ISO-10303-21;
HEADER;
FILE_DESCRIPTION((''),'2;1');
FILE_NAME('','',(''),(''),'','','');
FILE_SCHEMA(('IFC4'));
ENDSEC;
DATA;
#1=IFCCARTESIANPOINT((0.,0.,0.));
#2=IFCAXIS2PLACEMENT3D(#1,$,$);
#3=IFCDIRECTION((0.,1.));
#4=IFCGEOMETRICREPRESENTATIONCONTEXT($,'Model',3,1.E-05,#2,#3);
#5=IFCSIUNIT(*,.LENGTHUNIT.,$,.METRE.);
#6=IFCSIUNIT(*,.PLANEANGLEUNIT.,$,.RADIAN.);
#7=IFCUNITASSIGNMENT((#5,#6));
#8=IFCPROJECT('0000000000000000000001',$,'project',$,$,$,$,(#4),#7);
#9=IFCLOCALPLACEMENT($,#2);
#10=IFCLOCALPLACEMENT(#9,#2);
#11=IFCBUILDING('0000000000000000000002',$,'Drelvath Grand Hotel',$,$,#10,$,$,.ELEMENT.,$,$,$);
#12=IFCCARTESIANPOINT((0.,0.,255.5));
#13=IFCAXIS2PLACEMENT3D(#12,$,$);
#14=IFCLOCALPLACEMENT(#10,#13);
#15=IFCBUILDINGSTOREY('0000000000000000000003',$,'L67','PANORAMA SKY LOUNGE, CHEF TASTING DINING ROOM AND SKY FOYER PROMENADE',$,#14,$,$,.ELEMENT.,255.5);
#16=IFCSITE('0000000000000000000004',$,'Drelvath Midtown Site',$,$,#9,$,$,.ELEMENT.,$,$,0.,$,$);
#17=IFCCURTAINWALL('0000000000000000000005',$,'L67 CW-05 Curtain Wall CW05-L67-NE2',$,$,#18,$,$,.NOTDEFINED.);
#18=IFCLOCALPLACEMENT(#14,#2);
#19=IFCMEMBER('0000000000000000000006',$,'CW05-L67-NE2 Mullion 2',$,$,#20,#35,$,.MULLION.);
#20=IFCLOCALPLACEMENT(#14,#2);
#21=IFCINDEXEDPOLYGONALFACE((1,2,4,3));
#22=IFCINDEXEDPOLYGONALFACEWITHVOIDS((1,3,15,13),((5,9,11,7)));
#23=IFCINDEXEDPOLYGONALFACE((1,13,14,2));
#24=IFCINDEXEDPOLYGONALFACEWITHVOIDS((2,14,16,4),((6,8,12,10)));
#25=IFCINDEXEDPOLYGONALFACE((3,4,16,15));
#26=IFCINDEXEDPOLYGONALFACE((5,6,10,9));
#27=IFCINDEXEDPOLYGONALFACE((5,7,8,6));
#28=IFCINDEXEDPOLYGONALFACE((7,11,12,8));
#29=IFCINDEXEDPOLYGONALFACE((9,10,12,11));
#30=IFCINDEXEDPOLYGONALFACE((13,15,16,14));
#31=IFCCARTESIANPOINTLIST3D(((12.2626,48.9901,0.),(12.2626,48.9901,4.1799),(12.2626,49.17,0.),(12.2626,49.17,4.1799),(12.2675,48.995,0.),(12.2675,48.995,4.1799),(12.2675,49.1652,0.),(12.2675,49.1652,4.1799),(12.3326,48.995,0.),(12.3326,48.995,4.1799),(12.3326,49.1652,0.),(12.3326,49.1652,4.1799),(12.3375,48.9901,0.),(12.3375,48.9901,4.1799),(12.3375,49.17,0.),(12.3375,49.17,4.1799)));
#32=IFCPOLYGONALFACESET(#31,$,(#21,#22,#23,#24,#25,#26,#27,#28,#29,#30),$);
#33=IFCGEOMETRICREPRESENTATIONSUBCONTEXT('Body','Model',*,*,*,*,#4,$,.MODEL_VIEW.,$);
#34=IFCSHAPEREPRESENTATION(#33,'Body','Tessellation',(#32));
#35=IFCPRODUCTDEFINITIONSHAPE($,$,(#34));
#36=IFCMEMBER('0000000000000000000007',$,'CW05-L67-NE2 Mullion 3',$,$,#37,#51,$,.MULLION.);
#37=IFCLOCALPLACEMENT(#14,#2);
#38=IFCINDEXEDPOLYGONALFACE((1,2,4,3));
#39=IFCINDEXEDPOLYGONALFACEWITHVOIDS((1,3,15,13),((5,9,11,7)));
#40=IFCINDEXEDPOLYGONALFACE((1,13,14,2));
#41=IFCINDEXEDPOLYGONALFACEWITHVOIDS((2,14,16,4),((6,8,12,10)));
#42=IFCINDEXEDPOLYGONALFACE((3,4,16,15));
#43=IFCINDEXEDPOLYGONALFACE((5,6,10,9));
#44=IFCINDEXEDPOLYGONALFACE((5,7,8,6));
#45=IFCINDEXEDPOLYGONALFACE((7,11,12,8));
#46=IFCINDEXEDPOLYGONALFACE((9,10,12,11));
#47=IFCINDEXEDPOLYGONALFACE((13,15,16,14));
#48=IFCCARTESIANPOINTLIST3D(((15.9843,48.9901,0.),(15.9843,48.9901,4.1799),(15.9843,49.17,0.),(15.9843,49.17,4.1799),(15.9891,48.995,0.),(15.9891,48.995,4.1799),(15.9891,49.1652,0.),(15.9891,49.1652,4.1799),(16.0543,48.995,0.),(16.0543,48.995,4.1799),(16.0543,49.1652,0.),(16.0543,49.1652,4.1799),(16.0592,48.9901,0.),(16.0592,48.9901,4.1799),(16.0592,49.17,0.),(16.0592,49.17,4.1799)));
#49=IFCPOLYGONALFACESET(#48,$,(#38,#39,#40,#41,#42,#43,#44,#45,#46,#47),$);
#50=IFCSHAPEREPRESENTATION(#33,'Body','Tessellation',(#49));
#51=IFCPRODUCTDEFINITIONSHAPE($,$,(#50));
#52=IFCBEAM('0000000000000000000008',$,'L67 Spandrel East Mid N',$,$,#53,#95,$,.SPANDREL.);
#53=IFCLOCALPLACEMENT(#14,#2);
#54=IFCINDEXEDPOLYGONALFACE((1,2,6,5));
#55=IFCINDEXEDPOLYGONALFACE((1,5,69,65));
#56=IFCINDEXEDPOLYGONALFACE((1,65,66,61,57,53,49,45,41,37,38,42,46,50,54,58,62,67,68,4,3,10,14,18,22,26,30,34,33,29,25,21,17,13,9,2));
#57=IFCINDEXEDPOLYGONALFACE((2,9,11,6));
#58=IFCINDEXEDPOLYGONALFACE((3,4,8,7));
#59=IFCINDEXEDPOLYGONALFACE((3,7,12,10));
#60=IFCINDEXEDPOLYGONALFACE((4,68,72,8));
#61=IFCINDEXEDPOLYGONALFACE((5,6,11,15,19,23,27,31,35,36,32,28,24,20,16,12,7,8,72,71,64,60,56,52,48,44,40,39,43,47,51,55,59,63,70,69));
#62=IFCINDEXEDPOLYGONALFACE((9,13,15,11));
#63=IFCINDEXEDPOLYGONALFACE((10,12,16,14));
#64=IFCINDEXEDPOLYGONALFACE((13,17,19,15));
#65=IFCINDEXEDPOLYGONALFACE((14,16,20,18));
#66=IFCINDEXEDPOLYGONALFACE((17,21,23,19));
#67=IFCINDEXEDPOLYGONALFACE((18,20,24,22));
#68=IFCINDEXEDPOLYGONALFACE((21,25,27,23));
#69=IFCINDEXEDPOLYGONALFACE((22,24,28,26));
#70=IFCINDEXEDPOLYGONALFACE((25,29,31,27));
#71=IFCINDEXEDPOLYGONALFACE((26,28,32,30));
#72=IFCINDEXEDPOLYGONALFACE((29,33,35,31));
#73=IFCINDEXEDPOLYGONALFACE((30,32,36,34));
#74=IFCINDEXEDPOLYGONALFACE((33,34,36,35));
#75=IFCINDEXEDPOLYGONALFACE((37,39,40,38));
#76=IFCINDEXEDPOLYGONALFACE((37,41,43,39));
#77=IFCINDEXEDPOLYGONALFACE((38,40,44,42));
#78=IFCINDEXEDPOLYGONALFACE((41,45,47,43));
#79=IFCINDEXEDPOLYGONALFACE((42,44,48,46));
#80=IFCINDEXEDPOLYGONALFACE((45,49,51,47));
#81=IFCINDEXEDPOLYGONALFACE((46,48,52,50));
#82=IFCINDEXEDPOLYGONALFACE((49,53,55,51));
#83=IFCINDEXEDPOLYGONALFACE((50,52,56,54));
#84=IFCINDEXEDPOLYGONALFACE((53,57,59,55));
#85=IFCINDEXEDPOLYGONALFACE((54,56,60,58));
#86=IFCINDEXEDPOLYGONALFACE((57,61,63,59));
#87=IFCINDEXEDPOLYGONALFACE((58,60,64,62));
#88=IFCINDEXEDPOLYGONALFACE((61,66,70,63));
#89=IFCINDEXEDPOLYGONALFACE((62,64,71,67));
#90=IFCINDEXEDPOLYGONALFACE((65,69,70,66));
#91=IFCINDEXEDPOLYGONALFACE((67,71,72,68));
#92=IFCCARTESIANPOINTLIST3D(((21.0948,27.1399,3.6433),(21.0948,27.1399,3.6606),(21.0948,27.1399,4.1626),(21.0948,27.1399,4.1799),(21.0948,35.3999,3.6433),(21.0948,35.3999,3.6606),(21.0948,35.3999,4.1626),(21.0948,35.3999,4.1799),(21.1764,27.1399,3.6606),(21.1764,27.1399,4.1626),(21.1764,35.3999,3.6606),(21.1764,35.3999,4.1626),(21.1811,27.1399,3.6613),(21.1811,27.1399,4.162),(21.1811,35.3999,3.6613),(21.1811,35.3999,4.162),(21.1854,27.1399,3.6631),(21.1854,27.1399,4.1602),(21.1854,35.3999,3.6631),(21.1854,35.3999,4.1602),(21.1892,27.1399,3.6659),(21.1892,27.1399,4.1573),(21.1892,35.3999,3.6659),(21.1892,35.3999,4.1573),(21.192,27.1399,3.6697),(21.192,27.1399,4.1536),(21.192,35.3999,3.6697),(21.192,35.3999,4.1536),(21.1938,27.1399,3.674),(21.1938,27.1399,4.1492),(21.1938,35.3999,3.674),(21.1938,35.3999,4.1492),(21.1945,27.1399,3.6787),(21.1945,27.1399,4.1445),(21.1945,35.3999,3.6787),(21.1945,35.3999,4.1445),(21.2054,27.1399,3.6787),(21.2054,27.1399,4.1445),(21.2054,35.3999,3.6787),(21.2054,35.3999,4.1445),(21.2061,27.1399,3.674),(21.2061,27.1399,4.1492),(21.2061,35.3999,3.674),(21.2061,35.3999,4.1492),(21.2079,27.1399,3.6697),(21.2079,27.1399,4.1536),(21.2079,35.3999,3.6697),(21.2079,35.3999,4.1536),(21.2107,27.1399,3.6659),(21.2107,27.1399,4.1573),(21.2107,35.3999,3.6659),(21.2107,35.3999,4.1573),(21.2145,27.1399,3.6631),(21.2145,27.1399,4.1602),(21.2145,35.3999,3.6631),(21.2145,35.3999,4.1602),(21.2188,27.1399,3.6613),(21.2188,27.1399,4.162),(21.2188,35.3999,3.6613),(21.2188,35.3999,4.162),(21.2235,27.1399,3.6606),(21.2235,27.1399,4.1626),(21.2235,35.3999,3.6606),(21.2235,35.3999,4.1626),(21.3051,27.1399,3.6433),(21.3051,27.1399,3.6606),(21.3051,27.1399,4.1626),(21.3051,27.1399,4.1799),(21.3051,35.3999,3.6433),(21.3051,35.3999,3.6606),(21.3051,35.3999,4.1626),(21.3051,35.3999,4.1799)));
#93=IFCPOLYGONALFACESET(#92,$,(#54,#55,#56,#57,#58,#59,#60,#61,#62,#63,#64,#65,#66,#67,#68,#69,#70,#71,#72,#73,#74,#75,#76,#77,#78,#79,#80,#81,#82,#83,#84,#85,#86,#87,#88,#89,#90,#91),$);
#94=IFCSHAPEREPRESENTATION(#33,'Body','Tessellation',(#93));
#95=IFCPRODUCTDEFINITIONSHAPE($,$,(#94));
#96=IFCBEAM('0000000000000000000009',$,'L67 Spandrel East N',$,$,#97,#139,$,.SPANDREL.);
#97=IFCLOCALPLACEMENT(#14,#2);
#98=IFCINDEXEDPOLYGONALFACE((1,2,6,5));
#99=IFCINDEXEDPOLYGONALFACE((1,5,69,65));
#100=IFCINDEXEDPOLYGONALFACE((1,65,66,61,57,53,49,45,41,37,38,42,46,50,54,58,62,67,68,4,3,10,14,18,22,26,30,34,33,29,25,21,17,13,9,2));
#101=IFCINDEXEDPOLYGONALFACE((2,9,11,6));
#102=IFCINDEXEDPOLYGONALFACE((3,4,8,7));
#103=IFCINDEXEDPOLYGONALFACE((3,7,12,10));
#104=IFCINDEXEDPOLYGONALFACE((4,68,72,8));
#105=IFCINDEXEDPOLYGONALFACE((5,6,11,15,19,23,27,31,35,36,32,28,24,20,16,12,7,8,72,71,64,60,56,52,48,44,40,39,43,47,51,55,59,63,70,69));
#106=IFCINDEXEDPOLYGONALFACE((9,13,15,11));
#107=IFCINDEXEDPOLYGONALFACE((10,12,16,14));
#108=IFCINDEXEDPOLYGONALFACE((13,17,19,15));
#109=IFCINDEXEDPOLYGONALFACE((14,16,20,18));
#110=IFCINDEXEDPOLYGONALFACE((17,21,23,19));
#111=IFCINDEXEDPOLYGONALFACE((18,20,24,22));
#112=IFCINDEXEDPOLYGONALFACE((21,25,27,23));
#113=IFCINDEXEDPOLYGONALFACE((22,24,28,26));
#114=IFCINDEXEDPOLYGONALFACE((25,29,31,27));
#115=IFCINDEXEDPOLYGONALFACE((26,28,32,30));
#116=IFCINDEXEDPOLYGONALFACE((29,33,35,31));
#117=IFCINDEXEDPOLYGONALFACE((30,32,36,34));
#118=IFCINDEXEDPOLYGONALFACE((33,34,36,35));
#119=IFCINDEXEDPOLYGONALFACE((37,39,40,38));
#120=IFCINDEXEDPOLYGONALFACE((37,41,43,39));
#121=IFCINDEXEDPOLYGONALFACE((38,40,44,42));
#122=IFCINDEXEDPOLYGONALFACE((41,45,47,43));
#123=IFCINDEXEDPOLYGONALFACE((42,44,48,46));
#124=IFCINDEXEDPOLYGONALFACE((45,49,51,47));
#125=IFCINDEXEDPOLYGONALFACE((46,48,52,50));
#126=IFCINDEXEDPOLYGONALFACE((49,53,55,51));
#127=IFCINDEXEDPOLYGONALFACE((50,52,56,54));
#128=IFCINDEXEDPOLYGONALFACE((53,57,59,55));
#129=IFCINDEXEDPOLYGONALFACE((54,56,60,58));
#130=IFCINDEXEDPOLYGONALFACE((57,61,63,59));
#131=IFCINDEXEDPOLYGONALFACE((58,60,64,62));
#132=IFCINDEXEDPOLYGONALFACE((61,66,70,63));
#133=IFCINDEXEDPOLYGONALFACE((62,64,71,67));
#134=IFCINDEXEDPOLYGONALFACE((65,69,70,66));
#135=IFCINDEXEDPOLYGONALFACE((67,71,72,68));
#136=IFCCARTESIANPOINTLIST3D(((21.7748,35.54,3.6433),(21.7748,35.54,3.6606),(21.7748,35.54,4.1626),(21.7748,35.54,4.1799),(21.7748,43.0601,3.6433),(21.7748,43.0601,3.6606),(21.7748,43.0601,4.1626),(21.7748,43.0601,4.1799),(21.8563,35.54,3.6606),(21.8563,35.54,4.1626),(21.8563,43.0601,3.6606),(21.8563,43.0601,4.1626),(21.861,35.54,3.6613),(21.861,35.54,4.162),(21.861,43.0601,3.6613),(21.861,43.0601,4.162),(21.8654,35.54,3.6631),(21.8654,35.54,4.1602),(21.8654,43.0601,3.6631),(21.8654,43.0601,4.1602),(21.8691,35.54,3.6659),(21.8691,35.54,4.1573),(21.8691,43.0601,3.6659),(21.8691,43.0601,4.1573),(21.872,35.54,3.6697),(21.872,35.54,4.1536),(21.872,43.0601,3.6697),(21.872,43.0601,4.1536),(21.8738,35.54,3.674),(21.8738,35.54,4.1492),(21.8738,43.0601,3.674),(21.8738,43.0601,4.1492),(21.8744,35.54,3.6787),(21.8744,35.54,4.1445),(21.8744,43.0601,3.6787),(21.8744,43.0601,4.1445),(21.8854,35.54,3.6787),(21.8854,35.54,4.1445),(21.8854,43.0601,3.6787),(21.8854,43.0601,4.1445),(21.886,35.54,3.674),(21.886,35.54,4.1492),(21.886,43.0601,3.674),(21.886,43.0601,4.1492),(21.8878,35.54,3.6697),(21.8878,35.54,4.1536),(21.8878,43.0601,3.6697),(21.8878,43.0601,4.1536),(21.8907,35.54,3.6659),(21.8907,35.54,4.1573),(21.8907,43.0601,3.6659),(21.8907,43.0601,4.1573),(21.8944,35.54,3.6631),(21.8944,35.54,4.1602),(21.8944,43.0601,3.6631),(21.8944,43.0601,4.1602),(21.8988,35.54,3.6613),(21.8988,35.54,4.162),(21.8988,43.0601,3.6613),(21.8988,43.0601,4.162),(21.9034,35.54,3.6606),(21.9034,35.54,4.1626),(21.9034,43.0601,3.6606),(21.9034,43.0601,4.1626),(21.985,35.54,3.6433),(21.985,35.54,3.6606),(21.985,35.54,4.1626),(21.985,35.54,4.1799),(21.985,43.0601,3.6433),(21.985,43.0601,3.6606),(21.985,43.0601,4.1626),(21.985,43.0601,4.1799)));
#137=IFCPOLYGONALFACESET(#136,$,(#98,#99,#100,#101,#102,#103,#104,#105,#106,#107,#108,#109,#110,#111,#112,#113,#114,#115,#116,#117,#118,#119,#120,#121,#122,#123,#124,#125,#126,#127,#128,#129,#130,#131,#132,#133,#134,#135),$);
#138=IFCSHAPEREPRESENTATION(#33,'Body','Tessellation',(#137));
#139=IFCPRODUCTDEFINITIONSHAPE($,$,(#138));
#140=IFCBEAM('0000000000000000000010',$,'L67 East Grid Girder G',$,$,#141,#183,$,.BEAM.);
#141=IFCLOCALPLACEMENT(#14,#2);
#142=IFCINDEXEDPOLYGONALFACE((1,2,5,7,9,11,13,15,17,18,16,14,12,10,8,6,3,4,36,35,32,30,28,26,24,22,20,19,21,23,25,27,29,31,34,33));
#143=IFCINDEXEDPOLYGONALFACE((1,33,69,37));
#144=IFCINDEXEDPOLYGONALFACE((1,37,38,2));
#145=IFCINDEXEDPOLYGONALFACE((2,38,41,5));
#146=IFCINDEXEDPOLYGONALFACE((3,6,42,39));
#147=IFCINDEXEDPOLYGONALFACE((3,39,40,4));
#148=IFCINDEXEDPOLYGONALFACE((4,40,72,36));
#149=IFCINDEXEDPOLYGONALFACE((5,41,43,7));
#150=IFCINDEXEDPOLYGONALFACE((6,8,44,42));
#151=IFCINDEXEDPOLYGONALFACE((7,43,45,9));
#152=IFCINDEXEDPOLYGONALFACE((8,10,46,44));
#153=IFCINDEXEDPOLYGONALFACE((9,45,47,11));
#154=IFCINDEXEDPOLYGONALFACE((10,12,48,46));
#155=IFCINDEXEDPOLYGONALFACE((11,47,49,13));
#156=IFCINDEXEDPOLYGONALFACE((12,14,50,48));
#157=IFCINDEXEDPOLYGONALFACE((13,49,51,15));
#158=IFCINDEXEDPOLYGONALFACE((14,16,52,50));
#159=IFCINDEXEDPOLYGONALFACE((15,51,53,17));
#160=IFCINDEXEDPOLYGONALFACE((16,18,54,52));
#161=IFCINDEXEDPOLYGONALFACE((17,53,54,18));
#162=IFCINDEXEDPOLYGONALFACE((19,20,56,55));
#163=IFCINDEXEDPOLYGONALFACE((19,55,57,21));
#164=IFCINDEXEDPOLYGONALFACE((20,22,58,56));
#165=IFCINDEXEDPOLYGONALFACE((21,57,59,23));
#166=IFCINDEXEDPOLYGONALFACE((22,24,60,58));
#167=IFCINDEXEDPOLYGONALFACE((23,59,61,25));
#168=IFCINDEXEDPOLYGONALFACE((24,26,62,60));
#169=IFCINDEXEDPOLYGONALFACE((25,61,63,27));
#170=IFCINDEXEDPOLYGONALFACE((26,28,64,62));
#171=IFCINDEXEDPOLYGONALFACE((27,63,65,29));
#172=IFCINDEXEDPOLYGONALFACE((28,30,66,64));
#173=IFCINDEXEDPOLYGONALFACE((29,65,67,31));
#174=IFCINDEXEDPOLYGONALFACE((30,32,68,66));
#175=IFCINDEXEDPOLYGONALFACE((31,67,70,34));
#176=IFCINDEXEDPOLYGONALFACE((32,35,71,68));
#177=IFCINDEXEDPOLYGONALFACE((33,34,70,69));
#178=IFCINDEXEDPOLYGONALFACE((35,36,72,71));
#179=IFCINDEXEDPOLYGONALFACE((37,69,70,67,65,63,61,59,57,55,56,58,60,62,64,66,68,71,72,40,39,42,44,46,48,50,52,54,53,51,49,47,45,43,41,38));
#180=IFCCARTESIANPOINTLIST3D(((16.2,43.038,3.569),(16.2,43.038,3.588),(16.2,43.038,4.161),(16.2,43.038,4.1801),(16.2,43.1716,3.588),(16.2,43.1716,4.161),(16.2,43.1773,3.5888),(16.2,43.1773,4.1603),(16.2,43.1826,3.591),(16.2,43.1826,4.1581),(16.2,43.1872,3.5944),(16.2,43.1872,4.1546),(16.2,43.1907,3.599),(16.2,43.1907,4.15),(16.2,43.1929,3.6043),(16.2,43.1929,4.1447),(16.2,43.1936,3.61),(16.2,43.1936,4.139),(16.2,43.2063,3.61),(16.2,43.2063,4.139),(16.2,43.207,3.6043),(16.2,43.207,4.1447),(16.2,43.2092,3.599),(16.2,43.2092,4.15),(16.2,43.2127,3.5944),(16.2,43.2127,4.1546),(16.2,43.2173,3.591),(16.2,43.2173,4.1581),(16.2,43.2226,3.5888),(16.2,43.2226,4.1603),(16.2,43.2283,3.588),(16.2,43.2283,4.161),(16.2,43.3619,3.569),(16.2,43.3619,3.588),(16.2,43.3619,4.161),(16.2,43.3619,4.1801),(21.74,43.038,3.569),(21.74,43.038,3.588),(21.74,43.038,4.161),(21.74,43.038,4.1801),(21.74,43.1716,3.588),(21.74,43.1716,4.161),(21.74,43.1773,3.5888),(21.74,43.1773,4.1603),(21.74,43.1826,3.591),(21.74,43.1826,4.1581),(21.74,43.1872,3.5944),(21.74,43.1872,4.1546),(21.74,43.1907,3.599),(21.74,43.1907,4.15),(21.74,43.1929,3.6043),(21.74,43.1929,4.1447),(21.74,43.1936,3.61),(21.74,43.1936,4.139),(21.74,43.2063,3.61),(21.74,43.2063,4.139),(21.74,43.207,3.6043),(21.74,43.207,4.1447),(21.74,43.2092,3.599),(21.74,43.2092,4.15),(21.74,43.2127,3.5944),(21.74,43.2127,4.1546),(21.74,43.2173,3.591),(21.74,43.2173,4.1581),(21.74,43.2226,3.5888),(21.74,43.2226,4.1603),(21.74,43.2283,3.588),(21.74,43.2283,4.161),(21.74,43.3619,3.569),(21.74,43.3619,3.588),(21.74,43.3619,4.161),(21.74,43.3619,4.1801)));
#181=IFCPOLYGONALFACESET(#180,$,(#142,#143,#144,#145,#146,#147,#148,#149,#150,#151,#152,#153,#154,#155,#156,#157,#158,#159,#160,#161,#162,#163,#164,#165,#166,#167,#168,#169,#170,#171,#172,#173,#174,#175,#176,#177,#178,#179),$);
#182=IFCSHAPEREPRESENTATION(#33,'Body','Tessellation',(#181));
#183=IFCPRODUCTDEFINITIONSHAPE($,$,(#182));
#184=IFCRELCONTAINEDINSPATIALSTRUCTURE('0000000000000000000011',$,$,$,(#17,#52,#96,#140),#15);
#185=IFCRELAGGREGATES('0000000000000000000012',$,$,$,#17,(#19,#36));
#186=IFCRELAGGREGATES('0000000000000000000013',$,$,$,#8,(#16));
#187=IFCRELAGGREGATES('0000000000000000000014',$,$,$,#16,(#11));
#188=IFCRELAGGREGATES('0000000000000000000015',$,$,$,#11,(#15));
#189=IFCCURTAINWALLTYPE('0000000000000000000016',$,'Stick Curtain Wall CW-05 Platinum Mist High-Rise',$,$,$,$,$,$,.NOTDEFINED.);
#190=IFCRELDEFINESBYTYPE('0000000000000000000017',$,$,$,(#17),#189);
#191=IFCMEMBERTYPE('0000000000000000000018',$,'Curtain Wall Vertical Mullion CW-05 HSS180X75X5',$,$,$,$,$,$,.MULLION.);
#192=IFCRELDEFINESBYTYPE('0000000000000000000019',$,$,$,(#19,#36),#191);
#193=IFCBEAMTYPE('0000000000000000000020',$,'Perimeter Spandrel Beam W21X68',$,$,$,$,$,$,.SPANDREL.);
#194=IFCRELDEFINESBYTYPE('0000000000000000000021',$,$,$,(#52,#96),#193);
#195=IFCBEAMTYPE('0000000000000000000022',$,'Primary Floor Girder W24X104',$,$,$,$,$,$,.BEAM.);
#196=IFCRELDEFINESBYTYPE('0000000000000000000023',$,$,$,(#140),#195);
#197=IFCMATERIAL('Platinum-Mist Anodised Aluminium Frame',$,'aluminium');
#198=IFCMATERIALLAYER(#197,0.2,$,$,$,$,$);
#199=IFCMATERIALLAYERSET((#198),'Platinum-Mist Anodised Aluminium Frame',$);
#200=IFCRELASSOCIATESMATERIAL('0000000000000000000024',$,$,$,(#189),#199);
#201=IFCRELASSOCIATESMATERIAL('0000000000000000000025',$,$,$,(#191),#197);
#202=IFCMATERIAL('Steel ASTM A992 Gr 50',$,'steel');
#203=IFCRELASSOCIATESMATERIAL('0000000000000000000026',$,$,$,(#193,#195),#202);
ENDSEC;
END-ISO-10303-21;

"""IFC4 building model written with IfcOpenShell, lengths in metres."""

from ifc_helpers import new_model, si_unit, direction, frame, origin, origin_2d, place, context, subcontext, project, spatial, hollow_rectangle, i_section, extrude, material, layer, layer_set, material_profile, profile_set, type_object, element, aggregate, save


model = new_model("IFC4")

# Units and contexts
model_context = context("Model", 3, precision=1e-05, world=origin(), true_north=direction((0.0, 1.0)))
body_context = subcontext(model_context, "Body", "Model", "MODEL_VIEW")
ifc_project = project(units=[si_unit("LENGTHUNIT", "METRE"), si_unit("PLANEANGLEUNIT", "RADIAN")], contexts=[model_context])

# Site, building, storey
site_placement = place(None, origin())
site = spatial("IfcSite", under=ifc_project, at=site_placement, Name="Drelvath Midtown Site", CompositionType="ELEMENT", RefElevation=0.0)
building_placement = place(site_placement, origin())
building = spatial("IfcBuilding", under=site, at=building_placement, Name="Drelvath Grand Hotel", CompositionType="ELEMENT")
storey_placement = place(building_placement, frame((0.0, 0.0, 255.5)))
storey = spatial("IfcBuildingStorey", under=building, at=storey_placement, Name="L67", Description="PANORAMA SKY LOUNGE, CHEF TASTING DINING ROOM AND SKY FOYER PROMENADE", CompositionType="ELEMENT", Elevation=255.5)

# Shared definitions
ifc_material_1 = material(Name="Platinum-Mist Anodised Aluminium Frame", Category="aluminium")
ifc_layer_1 = layer(ifc_material_1, 0.2)
ifc_layer_set_1 = layer_set([ifc_layer_1], Name="Platinum-Mist Anodised Aluminium Frame")
curtain_wall_type = type_object("IfcCurtainWallType", Name="Stick Curtain Wall CW-05 Platinum Mist High-Rise", PredefinedType="NOTDEFINED", material=ifc_layer_set_1)

# Shared definitions
ifc_material_profile_1 = material_profile(ifc_material_1, hollow_rectangle(XDim=0.075, YDim=0.1799, WallThickness=0.0049, at=origin_2d()), Name="HSS180X75X5")
ifc_profile_set_1 = profile_set([ifc_material_profile_1], Name="Platinum-Mist Anodised Aluminium Frame")
member_type_1 = type_object("IfcMemberType", Name="Curtain Wall Vertical Mullion CW-05 HSS180X75X5", PredefinedType="MULLION", material=ifc_profile_set_1)

# Curtain wall, members
curtain_wall_1_placement = place(storey_placement, origin())
curtain_wall_1 = element("IfcCurtainWall", 1, at=curtain_wall_1_placement, inside=storey, type_object=curtain_wall_type, Name="L67 CW-05 Curtain Wall CW05-L67-NE2", PredefinedType="NOTDEFINED")
member_1_placement = place(storey_placement, frame((12.3, 49.0801, 0.0), z_axis=(0.0, 0.0, 1.0), x_axis=(1.0, 0.0, 0.0)))
member_1 = element("IfcMember", 2, at=member_1_placement, type_object=member_type_1, Name="CW05-L67-NE2 Mullion 2", PredefinedType="MULLION", context=body_context, shape_type="SweptSolid", body=[
    extrude(hollow_rectangle(XDim=0.075, YDim=0.1799, WallThickness=0.0049, at=origin_2d()), origin(), (0.0, 0.0, 1.0), 4.1799),
])
member_2_placement = place(storey_placement, frame((16.0217, 49.0801, 0.0), z_axis=(0.0, 0.0, 1.0), x_axis=(1.0, 0.0, 0.0)))
member_2 = element("IfcMember", 3, at=member_2_placement, type_object=member_type_1, Name="CW05-L67-NE2 Mullion 3", PredefinedType="MULLION", context=body_context, shape_type="SweptSolid", body=[
    extrude(hollow_rectangle(XDim=0.075, YDim=0.1799, WallThickness=0.0049, at=origin_2d()), origin(), (0.0, 0.0, 1.0), 4.1799),
])

# Beams
ifc_material_2 = material(Name="Steel ASTM A992 Gr 50", Category="steel")
ifc_material_profile_2 = material_profile(ifc_material_2, i_section(OverallWidth=0.2102, OverallDepth=0.5366, WebThickness=0.011, FlangeThickness=0.0173, FilletRadius=0.0181, at=origin_2d()), Name="W21X68")
ifc_profile_set_2 = profile_set([ifc_material_profile_2], Name="Steel ASTM A992 Gr 50")
beam_type_1 = type_object("IfcBeamType", Name="Perimeter Spandrel Beam W21X68", PredefinedType="SPANDREL", material=ifc_profile_set_2)
beam_1_placement = place(storey_placement, frame((21.2, 27.1399, 3.9116), z_axis=(0.0, 1.0, 0.0), x_axis=(-1.0, 0.0, 0.0)))
element("IfcBeam", 4, at=beam_1_placement, inside=storey, type_object=beam_type_1, Name="L67 Spandrel East Mid N", PredefinedType="SPANDREL", context=body_context, shape_type="SweptSolid", body=[
    extrude(i_section(OverallWidth=0.2102, OverallDepth=0.5366, WebThickness=0.011, FlangeThickness=0.0173, FilletRadius=0.0181, at=origin_2d()), origin(), (0.0, 0.0, 1.0), 8.26),
])
beam_2_placement = place(storey_placement, frame((21.8799, 35.54, 3.9116), z_axis=(0.0, 1.0, 0.0), x_axis=(-1.0, 0.0, 0.0)))
element("IfcBeam", 5, at=beam_2_placement, inside=storey, type_object=beam_type_1, Name="L67 Spandrel East N", PredefinedType="SPANDREL", context=body_context, shape_type="SweptSolid", body=[
    extrude(i_section(OverallWidth=0.2102, OverallDepth=0.5366, WebThickness=0.011, FlangeThickness=0.0173, FilletRadius=0.0181, at=origin_2d()), origin(), (0.0, 0.0, 1.0), 7.52),
])
ifc_material_profile_3 = material_profile(ifc_material_2, i_section(OverallWidth=0.324, OverallDepth=0.6111, WebThickness=0.0127, FlangeThickness=0.019, FilletRadius=0.022, at=origin_2d()), Name="W24X104")
ifc_profile_set_3 = profile_set([ifc_material_profile_3], Name="Steel ASTM A992 Gr 50")
beam_type_2 = type_object("IfcBeamType", Name="Primary Floor Girder W24X104", PredefinedType="BEAM", material=ifc_profile_set_3)
beam_3_placement = place(storey_placement, frame((16.2, 43.2, 3.8745), z_axis=(1.0, 0.0, 0.0), x_axis=(0.0, 1.0, 0.0)))
element("IfcBeam", 6, at=beam_3_placement, inside=storey, type_object=beam_type_2, Name="L67 East Grid Girder G", PredefinedType="BEAM", context=body_context, shape_type="SweptSolid", body=[
    extrude(i_section(OverallWidth=0.324, OverallDepth=0.6111, WebThickness=0.0127, FlangeThickness=0.019, FilletRadius=0.022, at=origin_2d()), origin(), (0.0, 0.0, 1.0), 5.54),
])

aggregate(curtain_wall_1, [member_1, member_2])

save(model, "model.ifc")
